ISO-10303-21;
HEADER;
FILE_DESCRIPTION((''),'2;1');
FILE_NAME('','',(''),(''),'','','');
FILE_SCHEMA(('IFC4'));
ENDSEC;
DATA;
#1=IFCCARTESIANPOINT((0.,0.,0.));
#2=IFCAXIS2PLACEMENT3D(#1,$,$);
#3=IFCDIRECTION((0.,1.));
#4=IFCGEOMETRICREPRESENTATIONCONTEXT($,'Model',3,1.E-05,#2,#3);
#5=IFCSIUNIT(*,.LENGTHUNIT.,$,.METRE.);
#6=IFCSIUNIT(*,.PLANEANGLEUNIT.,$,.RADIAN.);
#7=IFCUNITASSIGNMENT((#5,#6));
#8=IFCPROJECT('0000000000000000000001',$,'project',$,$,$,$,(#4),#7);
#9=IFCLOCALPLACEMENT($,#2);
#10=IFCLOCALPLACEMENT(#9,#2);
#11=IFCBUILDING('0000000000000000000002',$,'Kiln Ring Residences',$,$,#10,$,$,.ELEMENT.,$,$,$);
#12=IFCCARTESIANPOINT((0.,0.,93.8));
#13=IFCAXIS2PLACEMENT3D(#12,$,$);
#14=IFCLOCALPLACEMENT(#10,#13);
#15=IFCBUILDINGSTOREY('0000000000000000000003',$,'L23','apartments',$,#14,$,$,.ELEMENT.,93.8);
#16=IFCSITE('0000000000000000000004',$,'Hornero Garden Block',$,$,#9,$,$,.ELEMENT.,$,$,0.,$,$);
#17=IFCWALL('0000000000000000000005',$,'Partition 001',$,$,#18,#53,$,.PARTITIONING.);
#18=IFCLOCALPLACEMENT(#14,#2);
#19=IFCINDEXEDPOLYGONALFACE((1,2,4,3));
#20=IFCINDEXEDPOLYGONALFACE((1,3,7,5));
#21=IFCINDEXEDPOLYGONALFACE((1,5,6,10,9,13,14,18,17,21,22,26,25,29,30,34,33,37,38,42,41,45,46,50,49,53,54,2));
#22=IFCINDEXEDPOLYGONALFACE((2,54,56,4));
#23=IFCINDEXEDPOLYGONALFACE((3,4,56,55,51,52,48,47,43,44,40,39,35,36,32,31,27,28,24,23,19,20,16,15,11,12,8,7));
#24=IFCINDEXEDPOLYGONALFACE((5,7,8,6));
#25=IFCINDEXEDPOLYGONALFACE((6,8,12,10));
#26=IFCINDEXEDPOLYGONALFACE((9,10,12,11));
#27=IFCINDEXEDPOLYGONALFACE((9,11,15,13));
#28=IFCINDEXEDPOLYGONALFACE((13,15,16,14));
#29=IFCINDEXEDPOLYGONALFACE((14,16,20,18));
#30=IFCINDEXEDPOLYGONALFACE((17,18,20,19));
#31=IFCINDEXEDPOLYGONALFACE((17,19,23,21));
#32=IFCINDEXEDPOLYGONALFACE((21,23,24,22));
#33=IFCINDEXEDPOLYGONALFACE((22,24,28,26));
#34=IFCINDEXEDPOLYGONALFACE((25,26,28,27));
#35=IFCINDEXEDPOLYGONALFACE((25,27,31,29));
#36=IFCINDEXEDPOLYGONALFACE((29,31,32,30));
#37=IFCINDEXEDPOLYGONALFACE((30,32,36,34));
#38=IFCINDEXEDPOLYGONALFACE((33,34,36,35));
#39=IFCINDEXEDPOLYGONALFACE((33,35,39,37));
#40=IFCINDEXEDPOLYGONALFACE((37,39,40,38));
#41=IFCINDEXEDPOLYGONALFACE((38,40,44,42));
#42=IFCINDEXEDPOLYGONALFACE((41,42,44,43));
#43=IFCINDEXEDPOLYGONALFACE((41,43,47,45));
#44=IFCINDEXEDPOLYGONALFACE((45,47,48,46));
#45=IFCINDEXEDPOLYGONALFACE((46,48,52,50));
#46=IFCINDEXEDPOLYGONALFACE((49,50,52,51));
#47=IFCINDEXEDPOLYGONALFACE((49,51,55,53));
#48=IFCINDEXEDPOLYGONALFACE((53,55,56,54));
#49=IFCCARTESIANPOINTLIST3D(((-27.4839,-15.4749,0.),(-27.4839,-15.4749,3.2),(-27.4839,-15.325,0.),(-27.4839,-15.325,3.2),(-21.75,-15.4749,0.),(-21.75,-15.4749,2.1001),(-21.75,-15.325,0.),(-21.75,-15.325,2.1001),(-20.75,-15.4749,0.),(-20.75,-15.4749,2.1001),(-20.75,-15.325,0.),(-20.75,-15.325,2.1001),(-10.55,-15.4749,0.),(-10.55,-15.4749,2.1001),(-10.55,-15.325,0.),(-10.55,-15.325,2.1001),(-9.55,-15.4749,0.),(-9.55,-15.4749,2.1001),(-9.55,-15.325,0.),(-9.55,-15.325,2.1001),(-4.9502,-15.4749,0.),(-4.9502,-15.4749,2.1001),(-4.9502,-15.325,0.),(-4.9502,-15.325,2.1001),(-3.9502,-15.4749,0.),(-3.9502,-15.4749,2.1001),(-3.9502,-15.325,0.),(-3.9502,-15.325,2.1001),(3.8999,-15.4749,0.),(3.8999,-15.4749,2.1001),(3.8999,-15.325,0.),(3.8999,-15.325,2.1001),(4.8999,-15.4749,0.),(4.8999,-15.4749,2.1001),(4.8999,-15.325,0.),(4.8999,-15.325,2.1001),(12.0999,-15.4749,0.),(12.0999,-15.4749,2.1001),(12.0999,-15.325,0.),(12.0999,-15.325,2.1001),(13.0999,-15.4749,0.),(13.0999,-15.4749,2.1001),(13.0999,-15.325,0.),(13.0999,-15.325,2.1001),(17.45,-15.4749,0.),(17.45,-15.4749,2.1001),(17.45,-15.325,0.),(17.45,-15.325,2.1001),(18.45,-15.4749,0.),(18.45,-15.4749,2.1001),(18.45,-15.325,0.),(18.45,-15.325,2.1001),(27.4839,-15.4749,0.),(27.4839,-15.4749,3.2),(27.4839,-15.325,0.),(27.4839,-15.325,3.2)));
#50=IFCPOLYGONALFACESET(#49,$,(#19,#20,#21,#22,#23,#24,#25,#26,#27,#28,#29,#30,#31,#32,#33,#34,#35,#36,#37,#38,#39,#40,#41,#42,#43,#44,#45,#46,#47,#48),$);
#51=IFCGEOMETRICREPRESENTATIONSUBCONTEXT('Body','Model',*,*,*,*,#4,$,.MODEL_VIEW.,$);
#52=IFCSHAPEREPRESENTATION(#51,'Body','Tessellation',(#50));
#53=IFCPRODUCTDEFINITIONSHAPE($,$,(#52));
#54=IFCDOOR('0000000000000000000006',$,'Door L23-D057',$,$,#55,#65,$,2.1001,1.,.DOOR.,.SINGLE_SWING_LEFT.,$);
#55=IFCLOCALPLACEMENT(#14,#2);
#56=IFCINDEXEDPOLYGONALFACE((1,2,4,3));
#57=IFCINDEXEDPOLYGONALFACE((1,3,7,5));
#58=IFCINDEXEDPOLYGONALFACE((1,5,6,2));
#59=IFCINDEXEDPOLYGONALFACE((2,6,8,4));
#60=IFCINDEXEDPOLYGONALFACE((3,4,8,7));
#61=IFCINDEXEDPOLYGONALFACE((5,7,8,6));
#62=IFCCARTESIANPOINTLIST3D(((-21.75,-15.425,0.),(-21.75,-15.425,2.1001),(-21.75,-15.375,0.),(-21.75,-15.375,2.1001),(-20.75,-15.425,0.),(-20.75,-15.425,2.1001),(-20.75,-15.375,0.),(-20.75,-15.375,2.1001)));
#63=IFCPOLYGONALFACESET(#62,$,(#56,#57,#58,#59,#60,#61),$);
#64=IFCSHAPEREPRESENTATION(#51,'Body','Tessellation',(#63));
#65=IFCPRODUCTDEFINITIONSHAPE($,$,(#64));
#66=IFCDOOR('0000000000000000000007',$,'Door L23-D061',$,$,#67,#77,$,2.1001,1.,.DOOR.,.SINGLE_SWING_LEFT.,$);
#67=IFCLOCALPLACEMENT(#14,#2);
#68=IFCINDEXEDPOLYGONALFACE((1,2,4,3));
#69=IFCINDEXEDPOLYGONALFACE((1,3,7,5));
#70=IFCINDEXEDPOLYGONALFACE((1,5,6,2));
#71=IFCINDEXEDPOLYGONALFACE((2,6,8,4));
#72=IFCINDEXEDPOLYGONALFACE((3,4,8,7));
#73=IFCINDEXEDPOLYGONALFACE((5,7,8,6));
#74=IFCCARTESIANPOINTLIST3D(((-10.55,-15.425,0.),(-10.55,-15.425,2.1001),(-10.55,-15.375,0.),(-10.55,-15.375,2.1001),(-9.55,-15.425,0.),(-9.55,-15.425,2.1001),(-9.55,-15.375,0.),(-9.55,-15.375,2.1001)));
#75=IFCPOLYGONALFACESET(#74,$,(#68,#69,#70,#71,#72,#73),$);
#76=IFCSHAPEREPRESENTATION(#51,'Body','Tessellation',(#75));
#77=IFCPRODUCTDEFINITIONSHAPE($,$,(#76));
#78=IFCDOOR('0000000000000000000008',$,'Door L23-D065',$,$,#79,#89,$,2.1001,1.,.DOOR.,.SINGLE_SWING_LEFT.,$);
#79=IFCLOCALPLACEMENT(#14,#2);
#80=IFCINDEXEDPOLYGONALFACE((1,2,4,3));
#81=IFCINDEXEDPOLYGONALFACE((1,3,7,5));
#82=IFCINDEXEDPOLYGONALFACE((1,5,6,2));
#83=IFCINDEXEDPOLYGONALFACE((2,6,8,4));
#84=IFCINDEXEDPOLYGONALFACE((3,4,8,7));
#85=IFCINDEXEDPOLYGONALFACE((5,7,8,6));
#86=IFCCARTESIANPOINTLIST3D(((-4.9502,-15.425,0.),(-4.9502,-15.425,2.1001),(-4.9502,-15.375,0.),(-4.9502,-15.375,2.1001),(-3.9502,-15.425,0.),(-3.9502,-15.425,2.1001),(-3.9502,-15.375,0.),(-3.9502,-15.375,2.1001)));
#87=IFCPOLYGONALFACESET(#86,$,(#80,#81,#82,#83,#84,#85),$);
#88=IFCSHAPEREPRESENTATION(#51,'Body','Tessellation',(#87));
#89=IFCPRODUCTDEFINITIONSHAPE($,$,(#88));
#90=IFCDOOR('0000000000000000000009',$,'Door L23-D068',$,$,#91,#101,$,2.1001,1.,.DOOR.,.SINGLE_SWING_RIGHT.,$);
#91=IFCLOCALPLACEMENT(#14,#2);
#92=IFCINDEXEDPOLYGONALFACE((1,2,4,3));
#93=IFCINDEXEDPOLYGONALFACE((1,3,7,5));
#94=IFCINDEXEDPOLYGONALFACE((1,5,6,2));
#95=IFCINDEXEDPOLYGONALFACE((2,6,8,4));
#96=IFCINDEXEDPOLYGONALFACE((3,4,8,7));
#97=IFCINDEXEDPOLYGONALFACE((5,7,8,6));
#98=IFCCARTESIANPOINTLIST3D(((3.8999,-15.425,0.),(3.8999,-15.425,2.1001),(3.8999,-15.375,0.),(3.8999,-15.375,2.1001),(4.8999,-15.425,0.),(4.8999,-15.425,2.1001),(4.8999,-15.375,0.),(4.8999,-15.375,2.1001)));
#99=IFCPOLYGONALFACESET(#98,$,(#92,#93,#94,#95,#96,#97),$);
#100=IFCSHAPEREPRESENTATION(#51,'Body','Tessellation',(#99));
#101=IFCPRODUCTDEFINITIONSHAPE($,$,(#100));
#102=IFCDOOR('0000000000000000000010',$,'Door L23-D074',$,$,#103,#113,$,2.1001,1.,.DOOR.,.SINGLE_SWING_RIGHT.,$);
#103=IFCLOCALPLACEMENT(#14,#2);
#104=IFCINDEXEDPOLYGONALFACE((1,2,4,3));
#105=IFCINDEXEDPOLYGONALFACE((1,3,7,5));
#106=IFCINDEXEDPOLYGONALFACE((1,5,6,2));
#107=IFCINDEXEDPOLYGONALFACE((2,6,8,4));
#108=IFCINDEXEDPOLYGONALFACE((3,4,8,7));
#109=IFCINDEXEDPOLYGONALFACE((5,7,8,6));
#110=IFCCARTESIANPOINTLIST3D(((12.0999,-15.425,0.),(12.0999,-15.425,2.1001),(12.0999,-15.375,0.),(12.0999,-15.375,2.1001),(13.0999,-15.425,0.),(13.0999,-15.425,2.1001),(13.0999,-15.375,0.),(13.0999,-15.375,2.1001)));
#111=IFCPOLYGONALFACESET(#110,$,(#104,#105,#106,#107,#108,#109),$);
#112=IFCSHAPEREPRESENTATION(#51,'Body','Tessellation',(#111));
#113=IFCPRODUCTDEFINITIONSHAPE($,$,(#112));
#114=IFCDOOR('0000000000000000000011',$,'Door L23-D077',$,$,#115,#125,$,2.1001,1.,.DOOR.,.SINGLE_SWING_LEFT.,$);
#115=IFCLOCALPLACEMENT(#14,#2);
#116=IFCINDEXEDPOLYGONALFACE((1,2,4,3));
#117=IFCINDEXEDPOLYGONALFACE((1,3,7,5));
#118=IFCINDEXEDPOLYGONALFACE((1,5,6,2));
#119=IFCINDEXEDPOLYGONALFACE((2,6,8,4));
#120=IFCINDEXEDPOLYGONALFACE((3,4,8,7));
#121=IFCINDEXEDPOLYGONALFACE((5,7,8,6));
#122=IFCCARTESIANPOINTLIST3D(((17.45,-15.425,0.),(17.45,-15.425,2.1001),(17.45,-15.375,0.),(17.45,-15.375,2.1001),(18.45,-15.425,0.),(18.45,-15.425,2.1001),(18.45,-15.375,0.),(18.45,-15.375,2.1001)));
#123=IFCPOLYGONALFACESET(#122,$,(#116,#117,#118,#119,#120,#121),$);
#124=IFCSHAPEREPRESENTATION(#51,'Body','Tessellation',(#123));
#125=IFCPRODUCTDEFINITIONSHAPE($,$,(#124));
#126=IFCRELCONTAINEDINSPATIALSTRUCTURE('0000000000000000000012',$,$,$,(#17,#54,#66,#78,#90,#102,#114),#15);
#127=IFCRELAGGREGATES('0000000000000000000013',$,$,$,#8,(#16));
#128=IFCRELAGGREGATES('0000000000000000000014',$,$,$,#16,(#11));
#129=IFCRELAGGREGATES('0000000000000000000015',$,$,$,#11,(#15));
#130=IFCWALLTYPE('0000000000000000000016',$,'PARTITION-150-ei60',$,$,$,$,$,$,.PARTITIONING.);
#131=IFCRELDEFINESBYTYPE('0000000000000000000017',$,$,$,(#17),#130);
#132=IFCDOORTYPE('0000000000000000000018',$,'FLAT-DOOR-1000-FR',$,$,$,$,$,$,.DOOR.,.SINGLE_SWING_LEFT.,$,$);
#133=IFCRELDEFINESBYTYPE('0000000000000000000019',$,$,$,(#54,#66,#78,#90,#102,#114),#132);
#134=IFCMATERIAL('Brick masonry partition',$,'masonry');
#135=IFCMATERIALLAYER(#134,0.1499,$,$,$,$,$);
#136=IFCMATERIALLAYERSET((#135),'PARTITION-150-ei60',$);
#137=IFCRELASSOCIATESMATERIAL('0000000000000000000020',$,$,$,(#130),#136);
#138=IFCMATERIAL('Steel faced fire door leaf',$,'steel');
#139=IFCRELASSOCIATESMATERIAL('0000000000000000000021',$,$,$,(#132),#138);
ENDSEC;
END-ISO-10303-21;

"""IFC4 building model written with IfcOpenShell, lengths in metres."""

from ifc_helpers import new_model, si_unit, direction, frame, frame_2d, origin, place, context, subcontext, project, spatial, rectangle, extrude, material, layer, layer_set, type_object, element, fill, save


model = new_model("IFC4")

# Units and contexts
model_context = context("Model", 3, precision=1e-05, world=origin(), true_north=direction((0.0, 1.0)))
body_context = subcontext(model_context, "Body", "Model", "MODEL_VIEW")
ifc_project = project(units=[si_unit("LENGTHUNIT", "METRE"), si_unit("PLANEANGLEUNIT", "RADIAN")], contexts=[model_context])

# Site, building, storey
site_placement = place(None, origin())
site = spatial("IfcSite", under=ifc_project, at=site_placement, Name="Hornero Garden Block", CompositionType="ELEMENT", RefElevation=0.0)
building_placement = place(site_placement, origin())
building = spatial("IfcBuilding", under=site, at=building_placement, Name="Kiln Ring Residences", CompositionType="ELEMENT")
storey_placement = place(building_placement, frame((0.0, 0.0, 93.8)))
storey = spatial("IfcBuildingStorey", under=building, at=storey_placement, Name="L23", Description="apartments", CompositionType="ELEMENT", Elevation=93.8)

# Wall, openings, doors
ifc_material_1 = material(Name="Brick masonry partition", Category="masonry")
ifc_layer_1 = layer(ifc_material_1, 0.1499)
ifc_layer_set_1 = layer_set([ifc_layer_1], Name="PARTITION-150-ei60")
wall_type_1 = type_object("IfcWallType", Name="PARTITION-150-ei60", PredefinedType="PARTITIONING", material=ifc_layer_set_1)
wall_1_placement = place(storey_placement, frame((-27.4839, -15.3999, 0.0), z_axis=(0.0, 0.0, 1.0), x_axis=(1.0, 0.0, 0.0)))
wall_1 = element("IfcWall", 1, at=wall_1_placement, inside=storey, type_object=wall_type_1, Name="Partition 001", PredefinedType="PARTITIONING", context=body_context, shape_type="SweptSolid", body=[
    extrude(rectangle(XDim=54.9678, YDim=0.1499, at=frame_2d((27.4839, 0.0))), origin(), (0.0, 0.0, 1.0), 3.2),
])
opening_1_placement = place(wall_1_placement, frame((5.7339, 0.0, 0.0)))
opening_1 = element("IfcOpeningElement", 2, at=opening_1_placement, cuts=wall_1, PredefinedType="OPENING", context=body_context, shape_type="SweptSolid", body=[
    extrude(rectangle(XDim=1.0, YDim=2.1001, at=frame_2d((0.5, 1.05))), frame((0.0, 0.085, 0.0), z_axis=(0.0, -1.0, 0.0), x_axis=(1.0, 0.0, 0.0)), (0.0, 0.0, 1.0), 0.1699),
])
opening_2_placement = place(wall_1_placement, frame((16.9338, 0.0, 0.0)))
opening_2 = element("IfcOpeningElement", 3, at=opening_2_placement, cuts=wall_1, PredefinedType="OPENING", context=body_context, shape_type="SweptSolid", body=[
    extrude(rectangle(XDim=1.0, YDim=2.1001, at=frame_2d((0.5, 1.05))), frame((0.0, 0.085, 0.0), z_axis=(0.0, -1.0, 0.0), x_axis=(1.0, 0.0, 0.0)), (0.0, 0.0, 1.0), 0.1699),
])
opening_3_placement = place(wall_1_placement, frame((22.5337, 0.0, 0.0)))
opening_3 = element("IfcOpeningElement", 4, at=opening_3_placement, cuts=wall_1, PredefinedType="OPENING", context=body_context, shape_type="SweptSolid", body=[
    extrude(rectangle(XDim=1.0, YDim=2.1001, at=frame_2d((0.5, 1.05))), frame((0.0, 0.085, 0.0), z_axis=(0.0, -1.0, 0.0), x_axis=(1.0, 0.0, 0.0)), (0.0, 0.0, 1.0), 0.1699),
])
opening_4_placement = place(wall_1_placement, frame((31.3838, 0.0, 0.0)))
opening_4 = element("IfcOpeningElement", 5, at=opening_4_placement, cuts=wall_1, PredefinedType="OPENING", context=body_context, shape_type="SweptSolid", body=[
    extrude(rectangle(XDim=1.0, YDim=2.1001, at=frame_2d((0.5, 1.05))), frame((0.0, 0.085, 0.0), z_axis=(0.0, -1.0, 0.0), x_axis=(1.0, 0.0, 0.0)), (0.0, 0.0, 1.0), 0.1699),
])
opening_5_placement = place(wall_1_placement, frame((39.5837, 0.0, 0.0)))
opening_5 = element("IfcOpeningElement", 6, at=opening_5_placement, cuts=wall_1, PredefinedType="OPENING", context=body_context, shape_type="SweptSolid", body=[
    extrude(rectangle(XDim=1.0, YDim=2.1001, at=frame_2d((0.5, 1.05))), frame((0.0, 0.085, 0.0), z_axis=(0.0, -1.0, 0.0), x_axis=(1.0, 0.0, 0.0)), (0.0, 0.0, 1.0), 0.1699),
])
opening_6_placement = place(wall_1_placement, frame((44.9338, 0.0, 0.0)))
opening_6 = element("IfcOpeningElement", 7, at=opening_6_placement, cuts=wall_1, PredefinedType="OPENING", context=body_context, shape_type="SweptSolid", body=[
    extrude(rectangle(XDim=1.0, YDim=2.1001, at=frame_2d((0.5, 1.05))), frame((0.0, 0.085, 0.0), z_axis=(0.0, -1.0, 0.0), x_axis=(1.0, 0.0, 0.0)), (0.0, 0.0, 1.0), 0.1699),
])
ifc_material_2 = material(Name="Steel faced fire door leaf", Category="steel")
door_type_1 = type_object("IfcDoorType", Name="FLAT-DOOR-1000-FR", OperationType="SINGLE_SWING_LEFT", PredefinedType="DOOR", material=ifc_material_2)
door_1_placement = place(opening_1_placement, origin())
door_1 = element("IfcDoor", 8, at=door_1_placement, inside=storey, type_object=door_type_1, Name="Door L23-D057", OperationType="SINGLE_SWING_LEFT", OverallHeight=2.1001, OverallWidth=1.0, PredefinedType="DOOR", context=body_context, shape_type="SweptSolid", body=[
    extrude(rectangle(XDim=1.0, YDim=2.1001, at=frame_2d((0.5, 1.05))), frame((0.0, 0.0249, 0.0), z_axis=(0.0, -1.0, 0.0), x_axis=(1.0, 0.0, 0.0)), (0.0, 0.0, 1.0), 0.05),
])
fill(opening_1, door_1)
door_2_placement = place(opening_2_placement, origin())
door_2 = element("IfcDoor", 9, at=door_2_placement, inside=storey, type_object=door_type_1, Name="Door L23-D061", OperationType="SINGLE_SWING_LEFT", OverallHeight=2.1001, OverallWidth=1.0, PredefinedType="DOOR", context=body_context, shape_type="SweptSolid", body=[
    extrude(rectangle(XDim=1.0, YDim=2.1001, at=frame_2d((0.5, 1.05))), frame((0.0, 0.0249, 0.0), z_axis=(0.0, -1.0, 0.0), x_axis=(1.0, 0.0, 0.0)), (0.0, 0.0, 1.0), 0.05),
])
fill(opening_2, door_2)
door_3_placement = place(opening_3_placement, origin())
door_3 = element("IfcDoor", 10, at=door_3_placement, inside=storey, type_object=door_type_1, Name="Door L23-D065", OperationType="SINGLE_SWING_LEFT", OverallHeight=2.1001, OverallWidth=1.0, PredefinedType="DOOR", context=body_context, shape_type="SweptSolid", body=[
    extrude(rectangle(XDim=1.0, YDim=2.1001, at=frame_2d((0.5, 1.05))), frame((0.0, 0.0249, 0.0), z_axis=(0.0, -1.0, 0.0), x_axis=(1.0, 0.0, 0.0)), (0.0, 0.0, 1.0), 0.05),
])
fill(opening_3, door_3)
door_4_placement = place(opening_4_placement, origin())
door_4 = element("IfcDoor", 11, at=door_4_placement, inside=storey, type_object=door_type_1, Name="Door L23-D068", OperationType="SINGLE_SWING_RIGHT", OverallHeight=2.1001, OverallWidth=1.0, PredefinedType="DOOR", context=body_context, shape_type="SweptSolid", body=[
    extrude(rectangle(XDim=1.0, YDim=2.1001, at=frame_2d((0.5, 1.05))), frame((0.0, 0.0249, 0.0), z_axis=(0.0, -1.0, 0.0), x_axis=(1.0, 0.0, 0.0)), (0.0, 0.0, 1.0), 0.05),
])
fill(opening_4, door_4)
door_5_placement = place(opening_5_placement, origin())
door_5 = element("IfcDoor", 12, at=door_5_placement, inside=storey, type_object=door_type_1, Name="Door L23-D074", OperationType="SINGLE_SWING_RIGHT", OverallHeight=2.1001, OverallWidth=1.0, PredefinedType="DOOR", context=body_context, shape_type="SweptSolid", body=[
    extrude(rectangle(XDim=1.0, YDim=2.1001, at=frame_2d((0.5, 1.05))), frame((0.0, 0.0249, 0.0), z_axis=(0.0, -1.0, 0.0), x_axis=(1.0, 0.0, 0.0)), (0.0, 0.0, 1.0), 0.05),
])
fill(opening_5, door_5)
door_6_placement = place(opening_6_placement, origin())
door_6 = element("IfcDoor", 13, at=door_6_placement, inside=storey, type_object=door_type_1, Name="Door L23-D077", OperationType="SINGLE_SWING_LEFT", OverallHeight=2.1001, OverallWidth=1.0, PredefinedType="DOOR", context=body_context, shape_type="SweptSolid", body=[
    extrude(rectangle(XDim=1.0, YDim=2.1001, at=frame_2d((0.5, 1.05))), frame((0.0, 0.0249, 0.0), z_axis=(0.0, -1.0, 0.0), x_axis=(1.0, 0.0, 0.0)), (0.0, 0.0, 1.0), 0.05),
])
fill(opening_6, door_6)

save(model, "model.ifc")
